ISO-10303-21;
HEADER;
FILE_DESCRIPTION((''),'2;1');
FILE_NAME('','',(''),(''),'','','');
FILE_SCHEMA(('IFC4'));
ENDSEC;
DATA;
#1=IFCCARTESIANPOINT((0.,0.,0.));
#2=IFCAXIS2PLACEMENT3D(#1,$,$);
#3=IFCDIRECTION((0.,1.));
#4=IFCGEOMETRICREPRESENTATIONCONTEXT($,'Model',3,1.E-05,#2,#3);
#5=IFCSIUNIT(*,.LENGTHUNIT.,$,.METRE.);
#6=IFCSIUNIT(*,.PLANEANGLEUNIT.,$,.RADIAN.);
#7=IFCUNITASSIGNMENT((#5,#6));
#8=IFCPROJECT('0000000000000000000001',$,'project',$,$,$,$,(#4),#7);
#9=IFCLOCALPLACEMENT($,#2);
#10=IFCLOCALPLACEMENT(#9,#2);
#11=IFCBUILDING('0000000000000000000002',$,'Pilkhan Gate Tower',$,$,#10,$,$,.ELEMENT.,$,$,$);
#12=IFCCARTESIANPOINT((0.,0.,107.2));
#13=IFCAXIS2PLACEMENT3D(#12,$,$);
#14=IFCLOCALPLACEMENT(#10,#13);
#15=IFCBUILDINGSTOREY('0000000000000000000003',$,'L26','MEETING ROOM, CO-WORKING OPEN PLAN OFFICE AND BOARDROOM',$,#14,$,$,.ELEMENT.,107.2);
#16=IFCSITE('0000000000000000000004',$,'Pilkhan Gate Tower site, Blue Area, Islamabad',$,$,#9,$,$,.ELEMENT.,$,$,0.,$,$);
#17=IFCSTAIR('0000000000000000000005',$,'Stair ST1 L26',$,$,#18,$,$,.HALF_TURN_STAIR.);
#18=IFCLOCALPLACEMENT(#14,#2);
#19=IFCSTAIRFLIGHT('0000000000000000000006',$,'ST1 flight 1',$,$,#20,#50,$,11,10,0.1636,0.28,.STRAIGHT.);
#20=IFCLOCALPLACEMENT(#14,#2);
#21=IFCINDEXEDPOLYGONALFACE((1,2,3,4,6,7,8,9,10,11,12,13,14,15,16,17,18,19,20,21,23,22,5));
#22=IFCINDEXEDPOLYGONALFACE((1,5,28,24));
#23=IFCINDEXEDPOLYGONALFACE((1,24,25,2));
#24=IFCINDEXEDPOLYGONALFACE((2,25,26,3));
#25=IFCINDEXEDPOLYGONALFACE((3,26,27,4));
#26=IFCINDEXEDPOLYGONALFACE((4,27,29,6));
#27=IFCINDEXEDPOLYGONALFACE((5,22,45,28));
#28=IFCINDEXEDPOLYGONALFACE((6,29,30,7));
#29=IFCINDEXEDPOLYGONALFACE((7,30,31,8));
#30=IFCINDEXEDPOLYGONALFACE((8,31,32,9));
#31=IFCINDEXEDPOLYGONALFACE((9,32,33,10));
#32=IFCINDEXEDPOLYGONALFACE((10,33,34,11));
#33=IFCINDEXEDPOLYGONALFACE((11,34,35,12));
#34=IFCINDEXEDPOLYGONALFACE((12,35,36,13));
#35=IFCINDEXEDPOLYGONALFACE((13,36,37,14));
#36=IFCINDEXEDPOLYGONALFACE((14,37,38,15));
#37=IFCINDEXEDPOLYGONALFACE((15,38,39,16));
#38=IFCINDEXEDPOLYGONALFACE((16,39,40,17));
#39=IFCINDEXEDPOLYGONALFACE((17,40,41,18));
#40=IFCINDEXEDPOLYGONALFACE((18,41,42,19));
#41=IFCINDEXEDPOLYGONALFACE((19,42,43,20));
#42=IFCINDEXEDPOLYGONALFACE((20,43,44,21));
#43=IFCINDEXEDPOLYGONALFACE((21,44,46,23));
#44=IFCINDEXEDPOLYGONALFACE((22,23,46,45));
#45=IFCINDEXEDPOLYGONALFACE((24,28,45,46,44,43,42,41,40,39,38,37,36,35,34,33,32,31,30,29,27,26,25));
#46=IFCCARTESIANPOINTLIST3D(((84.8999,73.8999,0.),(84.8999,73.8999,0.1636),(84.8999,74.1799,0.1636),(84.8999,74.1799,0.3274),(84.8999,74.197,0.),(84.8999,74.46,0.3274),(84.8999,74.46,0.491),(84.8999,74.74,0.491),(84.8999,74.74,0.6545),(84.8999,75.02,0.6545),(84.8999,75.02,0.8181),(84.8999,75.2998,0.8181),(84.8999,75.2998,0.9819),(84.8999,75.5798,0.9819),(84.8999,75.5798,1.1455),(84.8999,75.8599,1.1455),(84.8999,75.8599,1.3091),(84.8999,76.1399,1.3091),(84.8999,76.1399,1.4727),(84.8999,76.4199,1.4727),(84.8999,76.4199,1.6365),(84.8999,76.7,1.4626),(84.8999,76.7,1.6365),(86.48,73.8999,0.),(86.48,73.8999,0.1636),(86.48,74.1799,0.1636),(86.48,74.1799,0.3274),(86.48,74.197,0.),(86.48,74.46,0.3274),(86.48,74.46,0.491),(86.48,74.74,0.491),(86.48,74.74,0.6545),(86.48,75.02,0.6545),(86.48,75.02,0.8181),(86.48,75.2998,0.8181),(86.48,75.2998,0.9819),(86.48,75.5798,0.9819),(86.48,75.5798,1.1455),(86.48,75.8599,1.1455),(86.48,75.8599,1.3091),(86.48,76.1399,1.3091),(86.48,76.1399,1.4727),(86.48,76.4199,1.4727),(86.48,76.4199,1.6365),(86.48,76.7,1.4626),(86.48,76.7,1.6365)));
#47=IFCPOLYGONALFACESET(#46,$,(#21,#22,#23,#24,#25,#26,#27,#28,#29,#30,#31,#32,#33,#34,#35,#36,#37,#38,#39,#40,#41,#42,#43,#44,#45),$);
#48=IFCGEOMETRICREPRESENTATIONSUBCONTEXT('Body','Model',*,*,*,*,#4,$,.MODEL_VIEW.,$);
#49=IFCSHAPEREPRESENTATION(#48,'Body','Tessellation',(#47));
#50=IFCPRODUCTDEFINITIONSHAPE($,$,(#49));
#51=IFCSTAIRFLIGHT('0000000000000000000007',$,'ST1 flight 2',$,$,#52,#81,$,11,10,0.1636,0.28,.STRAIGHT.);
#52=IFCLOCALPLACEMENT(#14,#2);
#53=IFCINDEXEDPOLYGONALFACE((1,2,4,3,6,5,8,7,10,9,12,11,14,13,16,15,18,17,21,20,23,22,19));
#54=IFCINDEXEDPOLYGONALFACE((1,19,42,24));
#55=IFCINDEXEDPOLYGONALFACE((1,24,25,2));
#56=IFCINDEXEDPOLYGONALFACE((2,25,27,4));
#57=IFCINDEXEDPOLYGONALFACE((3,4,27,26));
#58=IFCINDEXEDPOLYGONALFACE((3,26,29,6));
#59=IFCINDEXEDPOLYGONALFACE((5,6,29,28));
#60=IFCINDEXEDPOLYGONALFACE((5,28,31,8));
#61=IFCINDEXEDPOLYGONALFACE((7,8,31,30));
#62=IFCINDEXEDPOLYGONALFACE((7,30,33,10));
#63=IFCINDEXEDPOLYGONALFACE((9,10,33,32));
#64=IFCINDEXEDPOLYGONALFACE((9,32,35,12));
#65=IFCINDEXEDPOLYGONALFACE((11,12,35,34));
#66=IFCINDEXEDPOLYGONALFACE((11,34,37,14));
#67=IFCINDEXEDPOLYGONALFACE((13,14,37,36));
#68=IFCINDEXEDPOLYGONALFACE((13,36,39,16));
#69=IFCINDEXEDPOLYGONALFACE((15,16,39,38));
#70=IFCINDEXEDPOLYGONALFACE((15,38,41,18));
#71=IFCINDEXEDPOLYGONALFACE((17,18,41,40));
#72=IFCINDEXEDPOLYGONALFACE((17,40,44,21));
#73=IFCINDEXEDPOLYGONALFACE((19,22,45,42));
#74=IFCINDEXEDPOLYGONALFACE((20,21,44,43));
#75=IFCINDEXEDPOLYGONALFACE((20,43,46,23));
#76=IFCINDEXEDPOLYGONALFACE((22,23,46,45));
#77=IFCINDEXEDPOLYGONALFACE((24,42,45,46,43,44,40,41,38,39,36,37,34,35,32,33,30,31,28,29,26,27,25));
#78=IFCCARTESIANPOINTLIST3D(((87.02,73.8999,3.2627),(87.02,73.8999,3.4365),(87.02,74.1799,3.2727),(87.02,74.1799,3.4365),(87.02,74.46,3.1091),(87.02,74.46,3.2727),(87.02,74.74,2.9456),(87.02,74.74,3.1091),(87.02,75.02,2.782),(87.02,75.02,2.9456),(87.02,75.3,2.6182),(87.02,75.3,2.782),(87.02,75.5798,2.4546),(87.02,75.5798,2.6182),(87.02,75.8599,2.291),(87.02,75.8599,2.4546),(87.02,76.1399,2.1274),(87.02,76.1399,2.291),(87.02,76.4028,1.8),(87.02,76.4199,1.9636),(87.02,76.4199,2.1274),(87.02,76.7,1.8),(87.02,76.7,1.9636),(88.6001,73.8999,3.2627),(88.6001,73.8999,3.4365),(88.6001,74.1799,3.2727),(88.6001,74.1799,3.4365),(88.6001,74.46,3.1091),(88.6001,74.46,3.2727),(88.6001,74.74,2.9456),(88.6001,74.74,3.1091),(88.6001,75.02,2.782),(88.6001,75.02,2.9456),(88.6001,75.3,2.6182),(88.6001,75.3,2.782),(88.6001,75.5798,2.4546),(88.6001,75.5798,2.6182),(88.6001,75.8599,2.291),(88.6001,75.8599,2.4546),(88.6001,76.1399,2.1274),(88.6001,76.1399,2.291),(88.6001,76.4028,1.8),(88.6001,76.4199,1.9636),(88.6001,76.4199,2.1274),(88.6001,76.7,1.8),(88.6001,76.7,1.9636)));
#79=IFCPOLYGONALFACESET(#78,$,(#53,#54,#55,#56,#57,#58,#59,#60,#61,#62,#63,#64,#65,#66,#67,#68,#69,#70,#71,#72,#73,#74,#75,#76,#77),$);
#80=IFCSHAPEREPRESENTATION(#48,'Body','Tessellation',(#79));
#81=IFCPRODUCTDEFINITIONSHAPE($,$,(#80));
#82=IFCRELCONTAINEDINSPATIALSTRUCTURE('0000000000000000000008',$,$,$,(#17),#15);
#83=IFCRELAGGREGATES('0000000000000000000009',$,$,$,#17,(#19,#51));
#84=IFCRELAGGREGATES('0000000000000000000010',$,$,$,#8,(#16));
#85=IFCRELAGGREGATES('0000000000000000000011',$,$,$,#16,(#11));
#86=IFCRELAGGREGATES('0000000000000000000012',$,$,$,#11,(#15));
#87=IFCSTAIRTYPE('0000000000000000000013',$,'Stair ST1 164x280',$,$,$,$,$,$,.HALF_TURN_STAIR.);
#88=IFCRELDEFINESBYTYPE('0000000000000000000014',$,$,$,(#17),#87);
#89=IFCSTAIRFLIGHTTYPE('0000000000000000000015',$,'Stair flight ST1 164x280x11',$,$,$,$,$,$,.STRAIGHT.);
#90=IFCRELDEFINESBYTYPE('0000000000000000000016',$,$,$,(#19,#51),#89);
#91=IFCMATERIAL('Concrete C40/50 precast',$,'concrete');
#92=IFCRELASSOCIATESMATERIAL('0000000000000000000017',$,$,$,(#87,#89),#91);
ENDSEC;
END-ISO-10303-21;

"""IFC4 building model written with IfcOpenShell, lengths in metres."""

from ifc_helpers import new_model, si_unit, direction, frame, origin, place, context, subcontext, project, spatial, polyline, outline, extrude, material, type_object, element, aggregate, save


model = new_model("IFC4")

# Units and contexts
model_context = context("Model", 3, precision=1e-05, world=origin(), true_north=direction((0.0, 1.0)))
body_context = subcontext(model_context, "Body", "Model", "MODEL_VIEW")
ifc_project = project(units=[si_unit("LENGTHUNIT", "METRE"), si_unit("PLANEANGLEUNIT", "RADIAN")], contexts=[model_context])

# Site, building, storey
site_placement = place(None, origin())
site = spatial("IfcSite", under=ifc_project, at=site_placement, Name="Pilkhan Gate Tower site, Blue Area, Islamabad", CompositionType="ELEMENT", RefElevation=0.0)
building_placement = place(site_placement, origin())
building = spatial("IfcBuilding", under=site, at=building_placement, Name="Pilkhan Gate Tower", CompositionType="ELEMENT")
storey_placement = place(building_placement, frame((0.0, 0.0, 107.2)))
storey = spatial("IfcBuildingStorey", under=building, at=storey_placement, Name="L26", Description="MEETING ROOM, CO-WORKING OPEN PLAN OFFICE AND BOARDROOM", CompositionType="ELEMENT", Elevation=107.2)

# Stair, stair flights
ifc_material_1 = material(Name="Concrete C40/50 precast", Category="concrete")
stair_type = type_object("IfcStairType", Name="Stair ST1 164x280", PredefinedType="HALF_TURN_STAIR", material=ifc_material_1)
stair_placement = place(storey_placement, origin())
stair = element("IfcStair", 1, at=stair_placement, inside=storey, type_object=stair_type, Name="Stair ST1 L26", PredefinedType="HALF_TURN_STAIR")
stair_flight_type = type_object("IfcStairFlightType", Name="Stair flight ST1 164x280x11", PredefinedType="STRAIGHT", material=ifc_material_1)
stair_flight_1_placement = place(storey_placement, frame((85.6899, 73.8999, 0.0), z_axis=(0.0, 0.0, 1.0), x_axis=(0.0, 1.0, 0.0)))
stair_flight_1 = element("IfcStairFlight", 2, at=stair_flight_1_placement, type_object=stair_flight_type, Name="ST1 flight 1", NumberOfRisers=11, NumberOfTreads=10, PredefinedType="STRAIGHT", RiserHeight=0.1636, TreadLength=0.28, context=body_context, shape_type="SweptSolid", body=[
    extrude(outline(polyline([(0.0, 0.0), (0.0, 0.1636), (0.28, 0.1636), (0.28, 0.3274), (0.5601, 0.3274), (0.5601, 0.491), (0.8401, 0.491), (0.8401, 0.6545), (1.1201, 0.6545), (1.1201, 0.8181), (1.3999, 0.8181), (1.3999, 0.9819), (1.6799, 0.9819), (1.6799, 1.1455), (1.96, 1.1455), (1.96, 1.3091), (2.24, 1.3091), (2.24, 1.4727), (2.52, 1.4727), (2.52, 1.6365), (2.8, 1.6365), (2.8, 1.8), (2.8, 1.4626), (0.2971, 0.0), (0.0, 0.0)])), frame((0.0, 0.79, 0.0), z_axis=(0.0, -1.0, 0.0), x_axis=(1.0, 0.0, 0.0)), (0.0, 0.0, 1.0), 1.5801),
])
stair_flight_2_placement = place(storey_placement, frame((87.8101, 76.7, 1.8), z_axis=(0.0, 0.0, 1.0), x_axis=(0.0, -1.0, 0.0)))
stair_flight_2 = element("IfcStairFlight", 3, at=stair_flight_2_placement, type_object=stair_flight_type, Name="ST1 flight 2", NumberOfRisers=11, NumberOfTreads=10, PredefinedType="STRAIGHT", RiserHeight=0.1636, TreadLength=0.28, context=body_context, shape_type="SweptSolid", body=[
    extrude(outline(polyline([(0.0, 0.0), (0.0, 0.1636), (0.28, 0.1636), (0.28, 0.3274), (0.5601, 0.3274), (0.5601, 0.491), (0.8401, 0.491), (0.8401, 0.6545), (1.1201, 0.6545), (1.1201, 0.8181), (1.3999, 0.8181), (1.3999, 0.9819), (1.6799, 0.9819), (1.6799, 1.1455), (1.96, 1.1455), (1.96, 1.3091), (2.24, 1.3091), (2.24, 1.4727), (2.52, 1.4727), (2.52, 1.6365), (2.8, 1.6365), (2.8, 1.8), (2.8, 1.4626), (0.2971, 0.0), (0.0, 0.0)])), frame((0.0, 0.79, 0.0), z_axis=(0.0, -1.0, 0.0), x_axis=(1.0, 0.0, 0.0)), (0.0, 0.0, 1.0), 1.5801),
])
aggregate(stair, [stair_flight_1, stair_flight_2])

save(model, "model.ifc")
